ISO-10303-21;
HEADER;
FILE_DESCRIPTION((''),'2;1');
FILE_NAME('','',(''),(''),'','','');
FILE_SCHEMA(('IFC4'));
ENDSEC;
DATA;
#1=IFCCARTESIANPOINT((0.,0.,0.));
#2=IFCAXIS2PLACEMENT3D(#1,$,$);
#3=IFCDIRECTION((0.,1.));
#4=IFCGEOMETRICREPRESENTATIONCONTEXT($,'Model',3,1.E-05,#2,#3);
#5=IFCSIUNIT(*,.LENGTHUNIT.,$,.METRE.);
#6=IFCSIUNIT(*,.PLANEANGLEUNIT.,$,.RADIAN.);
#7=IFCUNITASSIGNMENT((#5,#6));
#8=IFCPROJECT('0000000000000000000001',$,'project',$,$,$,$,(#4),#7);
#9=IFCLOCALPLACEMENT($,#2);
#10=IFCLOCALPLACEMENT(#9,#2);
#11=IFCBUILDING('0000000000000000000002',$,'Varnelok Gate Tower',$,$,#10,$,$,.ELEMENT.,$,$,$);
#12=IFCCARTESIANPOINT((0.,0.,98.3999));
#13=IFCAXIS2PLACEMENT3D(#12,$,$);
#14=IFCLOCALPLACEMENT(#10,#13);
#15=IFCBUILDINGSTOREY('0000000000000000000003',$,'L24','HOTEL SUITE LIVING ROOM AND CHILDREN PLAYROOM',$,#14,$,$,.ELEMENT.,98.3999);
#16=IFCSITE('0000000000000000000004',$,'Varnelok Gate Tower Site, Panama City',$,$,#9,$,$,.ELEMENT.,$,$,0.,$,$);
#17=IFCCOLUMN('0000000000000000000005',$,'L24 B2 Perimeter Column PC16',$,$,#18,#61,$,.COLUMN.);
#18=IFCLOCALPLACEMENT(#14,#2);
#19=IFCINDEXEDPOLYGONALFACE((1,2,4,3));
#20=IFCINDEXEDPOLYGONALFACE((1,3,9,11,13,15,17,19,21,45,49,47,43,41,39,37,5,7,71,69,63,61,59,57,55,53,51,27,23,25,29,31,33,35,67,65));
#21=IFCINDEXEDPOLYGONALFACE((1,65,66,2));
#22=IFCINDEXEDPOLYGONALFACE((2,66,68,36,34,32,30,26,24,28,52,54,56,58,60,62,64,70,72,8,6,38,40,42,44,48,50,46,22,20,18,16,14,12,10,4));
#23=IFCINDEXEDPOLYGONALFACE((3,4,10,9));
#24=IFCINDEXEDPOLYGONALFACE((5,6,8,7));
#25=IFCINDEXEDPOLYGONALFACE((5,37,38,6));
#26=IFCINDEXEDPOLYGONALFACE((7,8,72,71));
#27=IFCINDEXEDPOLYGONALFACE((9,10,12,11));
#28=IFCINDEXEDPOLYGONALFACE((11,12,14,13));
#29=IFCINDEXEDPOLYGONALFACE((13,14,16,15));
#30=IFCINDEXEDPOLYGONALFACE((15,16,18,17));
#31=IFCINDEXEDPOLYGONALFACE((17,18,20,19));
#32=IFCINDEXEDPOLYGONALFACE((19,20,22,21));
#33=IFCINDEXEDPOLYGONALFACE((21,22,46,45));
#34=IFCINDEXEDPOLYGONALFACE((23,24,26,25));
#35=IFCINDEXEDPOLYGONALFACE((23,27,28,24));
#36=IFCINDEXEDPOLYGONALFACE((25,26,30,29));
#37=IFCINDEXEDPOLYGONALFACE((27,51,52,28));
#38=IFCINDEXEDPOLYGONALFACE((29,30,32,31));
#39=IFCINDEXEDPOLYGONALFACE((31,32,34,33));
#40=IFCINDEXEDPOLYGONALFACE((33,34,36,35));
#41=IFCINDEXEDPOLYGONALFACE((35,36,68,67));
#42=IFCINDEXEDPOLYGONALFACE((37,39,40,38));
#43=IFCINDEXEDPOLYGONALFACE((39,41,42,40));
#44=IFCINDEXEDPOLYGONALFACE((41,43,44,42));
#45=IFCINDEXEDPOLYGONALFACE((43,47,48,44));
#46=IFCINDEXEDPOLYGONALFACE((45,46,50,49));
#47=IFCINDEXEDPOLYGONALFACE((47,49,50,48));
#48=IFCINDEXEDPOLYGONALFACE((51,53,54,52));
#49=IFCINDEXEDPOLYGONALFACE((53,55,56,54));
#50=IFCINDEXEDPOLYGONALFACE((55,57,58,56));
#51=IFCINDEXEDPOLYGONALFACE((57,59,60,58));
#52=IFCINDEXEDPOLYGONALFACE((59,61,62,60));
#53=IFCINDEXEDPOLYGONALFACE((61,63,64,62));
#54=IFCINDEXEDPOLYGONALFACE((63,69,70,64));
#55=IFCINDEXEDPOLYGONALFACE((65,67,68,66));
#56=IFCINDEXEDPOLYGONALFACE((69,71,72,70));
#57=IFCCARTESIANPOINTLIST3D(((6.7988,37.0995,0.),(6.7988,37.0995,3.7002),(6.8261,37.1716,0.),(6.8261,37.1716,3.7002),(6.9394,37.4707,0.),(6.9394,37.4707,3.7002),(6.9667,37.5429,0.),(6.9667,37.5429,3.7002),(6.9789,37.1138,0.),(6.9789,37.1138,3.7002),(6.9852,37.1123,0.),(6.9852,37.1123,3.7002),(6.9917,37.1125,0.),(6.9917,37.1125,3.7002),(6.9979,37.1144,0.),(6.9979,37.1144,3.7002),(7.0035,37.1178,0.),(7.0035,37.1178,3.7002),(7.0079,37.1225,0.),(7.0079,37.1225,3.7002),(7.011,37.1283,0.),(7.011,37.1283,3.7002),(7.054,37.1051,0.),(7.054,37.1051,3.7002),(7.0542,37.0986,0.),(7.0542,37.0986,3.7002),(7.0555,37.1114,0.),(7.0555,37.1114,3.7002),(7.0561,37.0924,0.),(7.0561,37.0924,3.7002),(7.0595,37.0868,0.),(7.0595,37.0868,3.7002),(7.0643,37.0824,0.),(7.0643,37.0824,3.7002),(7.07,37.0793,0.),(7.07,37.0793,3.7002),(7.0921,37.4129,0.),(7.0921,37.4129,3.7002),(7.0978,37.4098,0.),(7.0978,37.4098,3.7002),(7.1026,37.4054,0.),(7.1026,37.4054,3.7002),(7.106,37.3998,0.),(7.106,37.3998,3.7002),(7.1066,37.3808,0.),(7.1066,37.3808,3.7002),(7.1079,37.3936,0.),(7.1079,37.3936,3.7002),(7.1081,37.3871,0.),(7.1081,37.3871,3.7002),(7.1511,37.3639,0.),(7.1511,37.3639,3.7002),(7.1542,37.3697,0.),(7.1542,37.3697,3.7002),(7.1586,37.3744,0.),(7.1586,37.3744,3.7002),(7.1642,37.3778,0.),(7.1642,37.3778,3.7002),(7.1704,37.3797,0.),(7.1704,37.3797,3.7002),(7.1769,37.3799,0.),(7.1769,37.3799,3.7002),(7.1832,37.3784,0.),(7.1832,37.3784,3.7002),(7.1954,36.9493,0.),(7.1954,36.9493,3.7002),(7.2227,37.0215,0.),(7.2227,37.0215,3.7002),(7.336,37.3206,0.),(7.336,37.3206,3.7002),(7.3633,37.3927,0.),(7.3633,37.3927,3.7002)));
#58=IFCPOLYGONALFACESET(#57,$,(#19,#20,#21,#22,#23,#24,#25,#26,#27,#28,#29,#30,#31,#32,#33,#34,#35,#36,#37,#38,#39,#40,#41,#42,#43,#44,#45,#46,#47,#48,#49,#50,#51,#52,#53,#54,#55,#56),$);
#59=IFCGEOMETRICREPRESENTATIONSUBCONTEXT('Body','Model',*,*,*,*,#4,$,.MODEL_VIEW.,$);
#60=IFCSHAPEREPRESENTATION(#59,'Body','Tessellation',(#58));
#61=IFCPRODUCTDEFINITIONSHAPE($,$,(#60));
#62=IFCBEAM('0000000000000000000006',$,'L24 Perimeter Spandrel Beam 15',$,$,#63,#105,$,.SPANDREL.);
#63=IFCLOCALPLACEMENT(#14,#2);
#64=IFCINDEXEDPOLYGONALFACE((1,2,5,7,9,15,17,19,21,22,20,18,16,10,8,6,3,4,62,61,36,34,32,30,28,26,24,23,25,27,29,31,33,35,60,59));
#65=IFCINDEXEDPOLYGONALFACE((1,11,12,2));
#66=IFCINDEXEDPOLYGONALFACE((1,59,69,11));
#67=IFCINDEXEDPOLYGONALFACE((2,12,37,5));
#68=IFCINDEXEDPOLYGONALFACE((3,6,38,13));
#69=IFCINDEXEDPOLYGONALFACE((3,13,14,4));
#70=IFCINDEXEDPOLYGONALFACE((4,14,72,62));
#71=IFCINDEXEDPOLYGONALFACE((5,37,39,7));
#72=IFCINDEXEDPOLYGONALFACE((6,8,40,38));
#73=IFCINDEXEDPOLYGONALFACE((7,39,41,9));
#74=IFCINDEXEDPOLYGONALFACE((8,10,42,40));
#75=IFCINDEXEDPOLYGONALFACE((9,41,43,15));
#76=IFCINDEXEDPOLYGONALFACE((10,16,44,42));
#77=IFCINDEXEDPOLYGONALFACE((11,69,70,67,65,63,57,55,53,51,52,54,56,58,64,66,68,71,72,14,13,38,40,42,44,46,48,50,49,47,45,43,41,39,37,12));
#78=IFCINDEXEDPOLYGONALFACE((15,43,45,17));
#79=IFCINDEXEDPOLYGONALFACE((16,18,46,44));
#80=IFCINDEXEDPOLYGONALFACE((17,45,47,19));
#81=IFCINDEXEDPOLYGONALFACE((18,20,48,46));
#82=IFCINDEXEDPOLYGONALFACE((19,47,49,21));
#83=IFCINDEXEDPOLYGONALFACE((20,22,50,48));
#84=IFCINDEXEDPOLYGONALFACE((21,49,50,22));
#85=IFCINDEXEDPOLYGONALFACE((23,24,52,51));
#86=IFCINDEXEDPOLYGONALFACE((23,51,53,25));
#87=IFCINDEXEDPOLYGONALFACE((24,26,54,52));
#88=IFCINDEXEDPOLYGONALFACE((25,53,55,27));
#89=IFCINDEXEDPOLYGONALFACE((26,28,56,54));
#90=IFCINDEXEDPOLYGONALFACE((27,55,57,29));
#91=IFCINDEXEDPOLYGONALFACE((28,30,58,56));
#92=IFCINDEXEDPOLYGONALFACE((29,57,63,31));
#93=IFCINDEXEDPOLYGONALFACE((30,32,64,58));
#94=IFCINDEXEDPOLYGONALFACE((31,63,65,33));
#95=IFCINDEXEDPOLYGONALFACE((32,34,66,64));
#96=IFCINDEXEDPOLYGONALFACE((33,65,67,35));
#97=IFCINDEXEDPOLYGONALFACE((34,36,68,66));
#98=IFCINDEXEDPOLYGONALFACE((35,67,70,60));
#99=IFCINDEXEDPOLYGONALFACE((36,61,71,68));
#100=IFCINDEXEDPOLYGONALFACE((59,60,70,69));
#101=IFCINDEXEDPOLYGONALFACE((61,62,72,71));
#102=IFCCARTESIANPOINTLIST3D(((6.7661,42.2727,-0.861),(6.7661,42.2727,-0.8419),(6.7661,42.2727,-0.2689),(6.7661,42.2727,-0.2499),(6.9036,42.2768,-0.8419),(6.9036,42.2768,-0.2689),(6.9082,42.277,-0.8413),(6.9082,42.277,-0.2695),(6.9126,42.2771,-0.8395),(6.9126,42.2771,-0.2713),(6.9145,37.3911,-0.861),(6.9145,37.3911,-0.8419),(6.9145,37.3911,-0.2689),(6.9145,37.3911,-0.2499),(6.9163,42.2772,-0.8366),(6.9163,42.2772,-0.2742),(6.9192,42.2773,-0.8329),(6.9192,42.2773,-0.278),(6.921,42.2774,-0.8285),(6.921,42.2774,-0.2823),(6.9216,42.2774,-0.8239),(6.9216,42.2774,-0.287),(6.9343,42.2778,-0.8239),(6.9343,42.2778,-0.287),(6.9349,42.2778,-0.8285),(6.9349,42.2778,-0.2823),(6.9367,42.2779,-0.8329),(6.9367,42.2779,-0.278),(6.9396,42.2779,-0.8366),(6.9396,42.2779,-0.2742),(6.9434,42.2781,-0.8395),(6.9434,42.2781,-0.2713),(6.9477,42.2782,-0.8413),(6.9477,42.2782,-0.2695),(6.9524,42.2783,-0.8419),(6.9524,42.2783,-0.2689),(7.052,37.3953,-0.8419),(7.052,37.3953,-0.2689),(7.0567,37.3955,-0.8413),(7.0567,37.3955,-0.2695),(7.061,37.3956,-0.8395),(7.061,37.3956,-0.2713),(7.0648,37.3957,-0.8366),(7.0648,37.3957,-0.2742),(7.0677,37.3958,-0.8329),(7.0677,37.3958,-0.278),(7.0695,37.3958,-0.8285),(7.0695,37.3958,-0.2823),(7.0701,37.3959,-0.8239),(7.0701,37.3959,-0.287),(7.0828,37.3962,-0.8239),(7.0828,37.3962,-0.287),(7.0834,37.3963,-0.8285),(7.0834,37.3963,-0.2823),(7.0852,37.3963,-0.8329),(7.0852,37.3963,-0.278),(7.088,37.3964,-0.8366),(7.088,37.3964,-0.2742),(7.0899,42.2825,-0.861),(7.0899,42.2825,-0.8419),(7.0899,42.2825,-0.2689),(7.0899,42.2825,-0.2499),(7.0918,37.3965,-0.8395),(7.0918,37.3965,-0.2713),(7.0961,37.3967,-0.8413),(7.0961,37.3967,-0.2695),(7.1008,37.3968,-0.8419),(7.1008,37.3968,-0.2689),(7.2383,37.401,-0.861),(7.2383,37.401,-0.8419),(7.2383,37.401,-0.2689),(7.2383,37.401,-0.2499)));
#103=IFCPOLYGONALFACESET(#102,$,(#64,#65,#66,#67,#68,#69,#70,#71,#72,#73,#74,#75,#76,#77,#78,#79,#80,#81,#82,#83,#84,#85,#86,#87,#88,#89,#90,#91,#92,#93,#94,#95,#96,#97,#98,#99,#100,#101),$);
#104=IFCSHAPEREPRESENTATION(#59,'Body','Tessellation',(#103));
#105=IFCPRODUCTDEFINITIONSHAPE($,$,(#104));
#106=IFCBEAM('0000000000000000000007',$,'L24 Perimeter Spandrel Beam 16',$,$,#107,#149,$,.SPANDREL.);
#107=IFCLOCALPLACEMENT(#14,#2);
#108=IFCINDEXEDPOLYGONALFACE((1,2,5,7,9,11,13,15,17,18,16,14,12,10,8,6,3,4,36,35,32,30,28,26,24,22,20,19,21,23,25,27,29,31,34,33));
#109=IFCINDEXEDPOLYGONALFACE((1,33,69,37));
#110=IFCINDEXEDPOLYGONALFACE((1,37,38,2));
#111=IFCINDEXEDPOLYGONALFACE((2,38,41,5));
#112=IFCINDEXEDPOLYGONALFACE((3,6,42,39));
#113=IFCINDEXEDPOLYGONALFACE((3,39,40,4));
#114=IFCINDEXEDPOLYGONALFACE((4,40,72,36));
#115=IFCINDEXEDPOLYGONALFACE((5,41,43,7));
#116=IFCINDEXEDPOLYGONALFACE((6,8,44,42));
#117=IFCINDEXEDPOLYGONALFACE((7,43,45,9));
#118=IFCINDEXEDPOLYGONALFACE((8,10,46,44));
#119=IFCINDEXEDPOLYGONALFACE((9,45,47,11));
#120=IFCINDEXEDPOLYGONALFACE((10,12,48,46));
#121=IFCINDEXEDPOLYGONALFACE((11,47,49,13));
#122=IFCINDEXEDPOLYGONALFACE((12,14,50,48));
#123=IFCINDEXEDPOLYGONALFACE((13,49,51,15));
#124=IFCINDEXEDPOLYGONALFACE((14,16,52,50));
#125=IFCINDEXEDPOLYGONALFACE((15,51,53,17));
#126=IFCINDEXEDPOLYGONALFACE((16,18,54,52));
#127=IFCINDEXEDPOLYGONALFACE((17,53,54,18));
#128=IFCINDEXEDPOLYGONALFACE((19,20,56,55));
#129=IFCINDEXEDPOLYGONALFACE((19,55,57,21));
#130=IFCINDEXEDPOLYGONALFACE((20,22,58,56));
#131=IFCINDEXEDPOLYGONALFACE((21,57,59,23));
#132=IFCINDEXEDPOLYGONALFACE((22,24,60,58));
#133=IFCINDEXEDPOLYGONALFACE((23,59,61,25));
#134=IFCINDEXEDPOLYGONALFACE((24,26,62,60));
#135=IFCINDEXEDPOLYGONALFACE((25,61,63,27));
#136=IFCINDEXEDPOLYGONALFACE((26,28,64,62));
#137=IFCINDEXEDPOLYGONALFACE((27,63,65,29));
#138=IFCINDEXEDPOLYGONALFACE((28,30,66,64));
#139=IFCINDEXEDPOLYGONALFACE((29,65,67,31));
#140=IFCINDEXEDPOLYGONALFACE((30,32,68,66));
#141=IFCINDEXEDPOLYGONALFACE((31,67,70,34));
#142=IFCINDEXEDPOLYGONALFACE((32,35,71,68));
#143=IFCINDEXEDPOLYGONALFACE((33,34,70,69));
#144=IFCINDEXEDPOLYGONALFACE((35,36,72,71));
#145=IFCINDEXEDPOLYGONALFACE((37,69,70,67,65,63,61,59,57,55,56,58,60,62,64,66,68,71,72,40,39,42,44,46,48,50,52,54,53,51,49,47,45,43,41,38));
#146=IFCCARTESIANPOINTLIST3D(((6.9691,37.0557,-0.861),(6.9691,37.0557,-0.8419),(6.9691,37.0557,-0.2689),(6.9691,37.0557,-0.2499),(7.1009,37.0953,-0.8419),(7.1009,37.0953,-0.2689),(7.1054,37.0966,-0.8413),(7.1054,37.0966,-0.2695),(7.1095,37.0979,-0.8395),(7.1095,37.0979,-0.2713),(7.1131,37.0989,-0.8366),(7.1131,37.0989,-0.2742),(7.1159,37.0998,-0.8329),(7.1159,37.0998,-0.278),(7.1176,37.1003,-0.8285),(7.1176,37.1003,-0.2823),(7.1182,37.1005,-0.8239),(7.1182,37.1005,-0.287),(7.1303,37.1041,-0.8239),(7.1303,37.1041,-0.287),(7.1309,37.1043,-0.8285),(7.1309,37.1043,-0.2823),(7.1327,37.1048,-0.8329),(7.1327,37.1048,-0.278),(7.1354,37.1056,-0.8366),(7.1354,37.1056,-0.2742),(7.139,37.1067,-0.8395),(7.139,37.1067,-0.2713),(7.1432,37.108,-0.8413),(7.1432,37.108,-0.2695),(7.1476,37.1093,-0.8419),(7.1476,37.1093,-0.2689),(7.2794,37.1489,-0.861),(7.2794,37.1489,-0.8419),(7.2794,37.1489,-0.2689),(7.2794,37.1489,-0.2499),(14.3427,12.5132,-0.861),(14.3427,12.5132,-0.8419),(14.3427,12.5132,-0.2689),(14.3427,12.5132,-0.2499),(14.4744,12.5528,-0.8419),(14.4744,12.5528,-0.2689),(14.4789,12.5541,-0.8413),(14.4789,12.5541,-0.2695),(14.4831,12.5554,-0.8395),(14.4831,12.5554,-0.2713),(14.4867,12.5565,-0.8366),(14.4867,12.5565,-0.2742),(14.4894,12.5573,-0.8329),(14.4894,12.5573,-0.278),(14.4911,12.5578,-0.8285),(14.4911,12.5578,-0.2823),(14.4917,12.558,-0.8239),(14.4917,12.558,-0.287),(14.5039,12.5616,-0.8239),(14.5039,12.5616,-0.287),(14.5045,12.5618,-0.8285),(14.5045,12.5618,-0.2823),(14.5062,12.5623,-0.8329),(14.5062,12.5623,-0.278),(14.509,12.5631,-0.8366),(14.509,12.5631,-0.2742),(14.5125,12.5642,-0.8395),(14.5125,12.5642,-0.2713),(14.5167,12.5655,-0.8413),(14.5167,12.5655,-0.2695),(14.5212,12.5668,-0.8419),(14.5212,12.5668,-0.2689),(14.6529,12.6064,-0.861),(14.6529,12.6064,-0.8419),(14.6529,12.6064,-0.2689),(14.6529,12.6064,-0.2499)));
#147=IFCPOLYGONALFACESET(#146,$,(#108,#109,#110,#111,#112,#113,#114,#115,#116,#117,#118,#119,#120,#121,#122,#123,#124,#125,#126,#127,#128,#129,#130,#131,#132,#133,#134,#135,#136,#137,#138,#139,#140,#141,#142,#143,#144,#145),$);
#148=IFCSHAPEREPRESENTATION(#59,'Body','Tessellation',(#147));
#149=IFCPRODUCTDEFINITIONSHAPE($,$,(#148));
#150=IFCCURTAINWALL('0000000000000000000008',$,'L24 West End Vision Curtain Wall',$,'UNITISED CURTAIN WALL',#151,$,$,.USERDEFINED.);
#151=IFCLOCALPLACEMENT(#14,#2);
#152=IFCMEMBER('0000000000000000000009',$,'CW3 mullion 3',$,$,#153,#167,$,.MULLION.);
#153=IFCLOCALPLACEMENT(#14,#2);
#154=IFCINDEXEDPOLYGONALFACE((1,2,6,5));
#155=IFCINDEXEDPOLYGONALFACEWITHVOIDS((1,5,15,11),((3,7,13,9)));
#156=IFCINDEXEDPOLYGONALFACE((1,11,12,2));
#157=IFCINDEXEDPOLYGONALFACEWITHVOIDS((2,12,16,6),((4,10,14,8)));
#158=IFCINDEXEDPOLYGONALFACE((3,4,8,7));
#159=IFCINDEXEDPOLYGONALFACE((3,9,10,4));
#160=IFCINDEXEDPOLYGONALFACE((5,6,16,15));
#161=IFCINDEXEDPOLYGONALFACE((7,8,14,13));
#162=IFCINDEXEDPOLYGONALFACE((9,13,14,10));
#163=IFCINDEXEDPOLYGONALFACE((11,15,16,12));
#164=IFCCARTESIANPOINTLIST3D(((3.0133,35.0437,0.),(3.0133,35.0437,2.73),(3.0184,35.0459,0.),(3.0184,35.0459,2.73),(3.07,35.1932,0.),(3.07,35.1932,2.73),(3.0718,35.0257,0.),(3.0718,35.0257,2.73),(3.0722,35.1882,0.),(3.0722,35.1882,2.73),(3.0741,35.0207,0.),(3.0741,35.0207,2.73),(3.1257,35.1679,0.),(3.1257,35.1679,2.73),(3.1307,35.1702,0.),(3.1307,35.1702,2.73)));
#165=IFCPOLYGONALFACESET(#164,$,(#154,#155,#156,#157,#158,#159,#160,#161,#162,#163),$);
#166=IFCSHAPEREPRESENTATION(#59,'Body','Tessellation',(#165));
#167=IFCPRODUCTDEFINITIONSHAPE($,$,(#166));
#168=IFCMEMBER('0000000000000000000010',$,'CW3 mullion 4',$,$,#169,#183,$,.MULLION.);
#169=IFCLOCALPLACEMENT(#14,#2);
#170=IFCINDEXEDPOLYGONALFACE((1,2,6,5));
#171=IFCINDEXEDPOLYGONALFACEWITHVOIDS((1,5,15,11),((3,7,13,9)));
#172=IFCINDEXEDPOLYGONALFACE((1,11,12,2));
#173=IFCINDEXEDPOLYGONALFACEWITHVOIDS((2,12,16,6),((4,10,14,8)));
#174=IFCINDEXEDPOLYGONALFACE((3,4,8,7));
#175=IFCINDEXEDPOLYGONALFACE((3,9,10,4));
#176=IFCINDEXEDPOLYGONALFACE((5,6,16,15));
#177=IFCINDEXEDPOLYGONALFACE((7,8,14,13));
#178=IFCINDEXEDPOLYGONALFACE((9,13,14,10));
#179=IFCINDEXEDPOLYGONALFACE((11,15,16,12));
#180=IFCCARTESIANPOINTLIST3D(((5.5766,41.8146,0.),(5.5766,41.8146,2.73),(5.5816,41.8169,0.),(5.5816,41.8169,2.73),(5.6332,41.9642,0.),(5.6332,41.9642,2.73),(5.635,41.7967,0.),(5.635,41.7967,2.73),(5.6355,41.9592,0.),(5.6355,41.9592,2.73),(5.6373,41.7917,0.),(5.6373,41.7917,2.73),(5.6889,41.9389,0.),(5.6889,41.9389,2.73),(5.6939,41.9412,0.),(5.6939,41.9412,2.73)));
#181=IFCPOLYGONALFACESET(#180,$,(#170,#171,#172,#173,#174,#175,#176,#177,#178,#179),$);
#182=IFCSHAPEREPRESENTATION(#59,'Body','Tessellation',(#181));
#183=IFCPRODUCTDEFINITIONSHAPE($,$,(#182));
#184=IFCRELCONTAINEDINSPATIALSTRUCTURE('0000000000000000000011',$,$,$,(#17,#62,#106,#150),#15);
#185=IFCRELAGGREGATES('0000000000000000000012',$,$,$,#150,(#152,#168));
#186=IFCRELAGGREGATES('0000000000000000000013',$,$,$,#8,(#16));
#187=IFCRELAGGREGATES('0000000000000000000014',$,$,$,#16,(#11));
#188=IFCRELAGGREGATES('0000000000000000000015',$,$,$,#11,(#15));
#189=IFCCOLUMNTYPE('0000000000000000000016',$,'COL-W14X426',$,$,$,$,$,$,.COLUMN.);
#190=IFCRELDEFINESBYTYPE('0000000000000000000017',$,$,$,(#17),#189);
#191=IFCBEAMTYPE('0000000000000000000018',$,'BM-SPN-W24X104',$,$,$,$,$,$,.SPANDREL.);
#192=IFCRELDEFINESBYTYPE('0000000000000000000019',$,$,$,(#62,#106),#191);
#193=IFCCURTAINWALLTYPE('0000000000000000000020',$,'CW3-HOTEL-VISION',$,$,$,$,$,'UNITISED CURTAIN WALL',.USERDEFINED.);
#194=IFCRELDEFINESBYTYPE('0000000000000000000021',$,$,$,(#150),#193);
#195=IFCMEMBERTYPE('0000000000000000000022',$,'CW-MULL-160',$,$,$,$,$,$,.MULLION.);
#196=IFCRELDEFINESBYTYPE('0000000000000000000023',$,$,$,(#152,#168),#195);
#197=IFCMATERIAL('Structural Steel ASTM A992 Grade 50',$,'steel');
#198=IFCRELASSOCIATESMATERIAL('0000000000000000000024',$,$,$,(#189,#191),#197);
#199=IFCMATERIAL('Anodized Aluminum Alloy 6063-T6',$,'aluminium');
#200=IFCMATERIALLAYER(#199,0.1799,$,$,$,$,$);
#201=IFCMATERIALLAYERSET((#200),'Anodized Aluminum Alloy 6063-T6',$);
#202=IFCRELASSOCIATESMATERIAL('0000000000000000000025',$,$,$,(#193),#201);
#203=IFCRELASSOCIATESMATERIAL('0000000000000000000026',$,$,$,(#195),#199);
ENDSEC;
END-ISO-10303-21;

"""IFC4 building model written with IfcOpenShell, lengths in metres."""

from ifc_helpers import new_model, si_unit, direction, frame, origin, origin_2d, place, context, subcontext, project, spatial, hollow_rectangle, i_section, extrude, material, layer, layer_set, material_profile, profile_set, type_object, element, aggregate, save


model = new_model("IFC4")

# Units and contexts
model_context = context("Model", 3, precision=1e-05, world=origin(), true_north=direction((0.0, 1.0)))
body_context = subcontext(model_context, "Body", "Model", "MODEL_VIEW")
ifc_project = project(units=[si_unit("LENGTHUNIT", "METRE"), si_unit("PLANEANGLEUNIT", "RADIAN")], contexts=[model_context])

# Site, building, storey
site_placement = place(None, origin())
site = spatial("IfcSite", under=ifc_project, at=site_placement, Name="Varnelok Gate Tower Site, Panama City", CompositionType="ELEMENT", RefElevation=0.0)
building_placement = place(site_placement, origin())
building = spatial("IfcBuilding", under=site, at=building_placement, Name="Varnelok Gate Tower", CompositionType="ELEMENT")
storey_placement = place(building_placement, frame((0.0, 0.0, 98.3999)))
storey = spatial("IfcBuildingStorey", under=building, at=storey_placement, Name="L24", Description="HOTEL SUITE LIVING ROOM AND CHILDREN PLAYROOM", CompositionType="ELEMENT", Elevation=98.3999)

# Column
ifc_material_1 = material(Name="Structural Steel ASTM A992 Grade 50", Category="steel")
ifc_material_profile_1 = material_profile(ifc_material_1, i_section(OverallWidth=0.4241, OverallDepth=0.4741, WebThickness=0.0476, FlangeThickness=0.0771, FilletRadius=0.0249, at=origin_2d()), Name="W14X426")
ifc_profile_set_1 = profile_set([ifc_material_profile_1], Name="Structural Steel ASTM A992 Grade 50")
column_type = type_object("IfcColumnType", Name="COL-W14X426", PredefinedType="COLUMN", material=ifc_profile_set_1)
column_placement = place(storey_placement, frame((7.0811, 37.2461, 0.0), z_axis=(0.0, 0.0, 1.0), x_axis=(0.935222, -0.354063, 0.0)))
element("IfcColumn", 1, at=column_placement, inside=storey, type_object=column_type, Name="L24 B2 Perimeter Column PC16", PredefinedType="COLUMN", context=body_context, shape_type="SweptSolid", body=[
    extrude(i_section(OverallWidth=0.4241, OverallDepth=0.4741, WebThickness=0.0476, FlangeThickness=0.0771, FilletRadius=0.0249, at=origin_2d()), origin(), (0.0, 0.0, 1.0), 3.7002),
])

# Beams
ifc_material_profile_2 = material_profile(ifc_material_1, i_section(OverallWidth=0.324, OverallDepth=0.6111, WebThickness=0.0127, FlangeThickness=0.019, FilletRadius=0.0181, at=origin_2d()), Name="W24X104")
ifc_profile_set_2 = profile_set([ifc_material_profile_2], Name="Structural Steel ASTM A992 Grade 50")
beam_type = type_object("IfcBeamType", Name="BM-SPN-W24X104", PredefinedType="SPANDREL", material=ifc_profile_set_2)
beam_1_placement = place(storey_placement, frame((6.928, 42.2776, -0.5554), z_axis=(0.030394, -0.999538, 0.0), x_axis=(0.999538, 0.030394, 0.0)))
element("IfcBeam", 2, at=beam_1_placement, inside=storey, type_object=beam_type, Name="L24 Perimeter Spandrel Beam 15", PredefinedType="SPANDREL", context=body_context, shape_type="SweptSolid", body=[
    extrude(i_section(OverallWidth=0.324, OverallDepth=0.6111, WebThickness=0.0127, FlangeThickness=0.019, FilletRadius=0.0181, at=origin_2d()), origin(), (0.0, 0.0, 1.0), 4.8838),
])
beam_2_placement = place(storey_placement, frame((7.1243, 37.1023, -0.5554), z_axis=(0.287734, -0.95771, 0.0), x_axis=(0.95771, 0.287734, 0.0)))
element("IfcBeam", 3, at=beam_2_placement, inside=storey, type_object=beam_type, Name="L24 Perimeter Spandrel Beam 16", PredefinedType="SPANDREL", context=body_context, shape_type="SweptSolid", body=[
    extrude(i_section(OverallWidth=0.324, OverallDepth=0.6111, WebThickness=0.0127, FlangeThickness=0.019, FilletRadius=0.0181, at=origin_2d()), origin(), (0.0, 0.0, 1.0), 25.6262),
])

# Curtain wall, members
ifc_material_2 = material(Name="Anodized Aluminum Alloy 6063-T6", Category="aluminium")
ifc_layer_1 = layer(ifc_material_2, 0.1799)
ifc_layer_set_1 = layer_set([ifc_layer_1], Name="Anodized Aluminum Alloy 6063-T6")
curtain_wall_type = type_object("IfcCurtainWallType", Name="CW3-HOTEL-VISION", ElementType="UNITISED CURTAIN WALL", PredefinedType="USERDEFINED", material=ifc_layer_set_1)
curtain_wall_placement = place(storey_placement, origin())
curtain_wall = element("IfcCurtainWall", 4, at=curtain_wall_placement, inside=storey, type_object=curtain_wall_type, Name="L24 West End Vision Curtain Wall", ObjectType="UNITISED CURTAIN WALL", PredefinedType="USERDEFINED")
ifc_material_profile_3 = material_profile(ifc_material_2, hollow_rectangle(XDim=0.0649, YDim=0.1599, WallThickness=0.0039, at=origin_2d()), Name="ALU160X65X4")
ifc_profile_set_3 = profile_set([ifc_material_profile_3], Name="Anodized Aluminum Alloy 6063-T6")
member_type_1 = type_object("IfcMemberType", Name="CW-MULL-160", PredefinedType="MULLION", material=ifc_profile_set_3)
member_1_placement = place(storey_placement, frame((3.072, 35.1069, 0.0), z_axis=(0.0, 0.0, 1.0), x_axis=(-0.935221, 0.354064, 0.0)))
member_1 = element("IfcMember", 5, at=member_1_placement, type_object=member_type_1, Name="CW3 mullion 3", PredefinedType="MULLION", context=body_context, shape_type="SweptSolid", body=[
    extrude(hollow_rectangle(XDim=0.0649, YDim=0.1599, WallThickness=0.0039, at=origin_2d()), origin(), (0.0, 0.0, 1.0), 2.73),
])
member_2_placement = place(storey_placement, frame((5.6353, 41.8779, 0.0), z_axis=(0.0, 0.0, 1.0), x_axis=(-0.935221, 0.354064, 0.0)))
member_2 = element("IfcMember", 6, at=member_2_placement, type_object=member_type_1, Name="CW3 mullion 4", PredefinedType="MULLION", context=body_context, shape_type="SweptSolid", body=[
    extrude(hollow_rectangle(XDim=0.0649, YDim=0.1599, WallThickness=0.0039, at=origin_2d()), origin(), (0.0, 0.0, 1.0), 2.73),
])
aggregate(curtain_wall, [member_1, member_2])

save(model, "model.ifc")
